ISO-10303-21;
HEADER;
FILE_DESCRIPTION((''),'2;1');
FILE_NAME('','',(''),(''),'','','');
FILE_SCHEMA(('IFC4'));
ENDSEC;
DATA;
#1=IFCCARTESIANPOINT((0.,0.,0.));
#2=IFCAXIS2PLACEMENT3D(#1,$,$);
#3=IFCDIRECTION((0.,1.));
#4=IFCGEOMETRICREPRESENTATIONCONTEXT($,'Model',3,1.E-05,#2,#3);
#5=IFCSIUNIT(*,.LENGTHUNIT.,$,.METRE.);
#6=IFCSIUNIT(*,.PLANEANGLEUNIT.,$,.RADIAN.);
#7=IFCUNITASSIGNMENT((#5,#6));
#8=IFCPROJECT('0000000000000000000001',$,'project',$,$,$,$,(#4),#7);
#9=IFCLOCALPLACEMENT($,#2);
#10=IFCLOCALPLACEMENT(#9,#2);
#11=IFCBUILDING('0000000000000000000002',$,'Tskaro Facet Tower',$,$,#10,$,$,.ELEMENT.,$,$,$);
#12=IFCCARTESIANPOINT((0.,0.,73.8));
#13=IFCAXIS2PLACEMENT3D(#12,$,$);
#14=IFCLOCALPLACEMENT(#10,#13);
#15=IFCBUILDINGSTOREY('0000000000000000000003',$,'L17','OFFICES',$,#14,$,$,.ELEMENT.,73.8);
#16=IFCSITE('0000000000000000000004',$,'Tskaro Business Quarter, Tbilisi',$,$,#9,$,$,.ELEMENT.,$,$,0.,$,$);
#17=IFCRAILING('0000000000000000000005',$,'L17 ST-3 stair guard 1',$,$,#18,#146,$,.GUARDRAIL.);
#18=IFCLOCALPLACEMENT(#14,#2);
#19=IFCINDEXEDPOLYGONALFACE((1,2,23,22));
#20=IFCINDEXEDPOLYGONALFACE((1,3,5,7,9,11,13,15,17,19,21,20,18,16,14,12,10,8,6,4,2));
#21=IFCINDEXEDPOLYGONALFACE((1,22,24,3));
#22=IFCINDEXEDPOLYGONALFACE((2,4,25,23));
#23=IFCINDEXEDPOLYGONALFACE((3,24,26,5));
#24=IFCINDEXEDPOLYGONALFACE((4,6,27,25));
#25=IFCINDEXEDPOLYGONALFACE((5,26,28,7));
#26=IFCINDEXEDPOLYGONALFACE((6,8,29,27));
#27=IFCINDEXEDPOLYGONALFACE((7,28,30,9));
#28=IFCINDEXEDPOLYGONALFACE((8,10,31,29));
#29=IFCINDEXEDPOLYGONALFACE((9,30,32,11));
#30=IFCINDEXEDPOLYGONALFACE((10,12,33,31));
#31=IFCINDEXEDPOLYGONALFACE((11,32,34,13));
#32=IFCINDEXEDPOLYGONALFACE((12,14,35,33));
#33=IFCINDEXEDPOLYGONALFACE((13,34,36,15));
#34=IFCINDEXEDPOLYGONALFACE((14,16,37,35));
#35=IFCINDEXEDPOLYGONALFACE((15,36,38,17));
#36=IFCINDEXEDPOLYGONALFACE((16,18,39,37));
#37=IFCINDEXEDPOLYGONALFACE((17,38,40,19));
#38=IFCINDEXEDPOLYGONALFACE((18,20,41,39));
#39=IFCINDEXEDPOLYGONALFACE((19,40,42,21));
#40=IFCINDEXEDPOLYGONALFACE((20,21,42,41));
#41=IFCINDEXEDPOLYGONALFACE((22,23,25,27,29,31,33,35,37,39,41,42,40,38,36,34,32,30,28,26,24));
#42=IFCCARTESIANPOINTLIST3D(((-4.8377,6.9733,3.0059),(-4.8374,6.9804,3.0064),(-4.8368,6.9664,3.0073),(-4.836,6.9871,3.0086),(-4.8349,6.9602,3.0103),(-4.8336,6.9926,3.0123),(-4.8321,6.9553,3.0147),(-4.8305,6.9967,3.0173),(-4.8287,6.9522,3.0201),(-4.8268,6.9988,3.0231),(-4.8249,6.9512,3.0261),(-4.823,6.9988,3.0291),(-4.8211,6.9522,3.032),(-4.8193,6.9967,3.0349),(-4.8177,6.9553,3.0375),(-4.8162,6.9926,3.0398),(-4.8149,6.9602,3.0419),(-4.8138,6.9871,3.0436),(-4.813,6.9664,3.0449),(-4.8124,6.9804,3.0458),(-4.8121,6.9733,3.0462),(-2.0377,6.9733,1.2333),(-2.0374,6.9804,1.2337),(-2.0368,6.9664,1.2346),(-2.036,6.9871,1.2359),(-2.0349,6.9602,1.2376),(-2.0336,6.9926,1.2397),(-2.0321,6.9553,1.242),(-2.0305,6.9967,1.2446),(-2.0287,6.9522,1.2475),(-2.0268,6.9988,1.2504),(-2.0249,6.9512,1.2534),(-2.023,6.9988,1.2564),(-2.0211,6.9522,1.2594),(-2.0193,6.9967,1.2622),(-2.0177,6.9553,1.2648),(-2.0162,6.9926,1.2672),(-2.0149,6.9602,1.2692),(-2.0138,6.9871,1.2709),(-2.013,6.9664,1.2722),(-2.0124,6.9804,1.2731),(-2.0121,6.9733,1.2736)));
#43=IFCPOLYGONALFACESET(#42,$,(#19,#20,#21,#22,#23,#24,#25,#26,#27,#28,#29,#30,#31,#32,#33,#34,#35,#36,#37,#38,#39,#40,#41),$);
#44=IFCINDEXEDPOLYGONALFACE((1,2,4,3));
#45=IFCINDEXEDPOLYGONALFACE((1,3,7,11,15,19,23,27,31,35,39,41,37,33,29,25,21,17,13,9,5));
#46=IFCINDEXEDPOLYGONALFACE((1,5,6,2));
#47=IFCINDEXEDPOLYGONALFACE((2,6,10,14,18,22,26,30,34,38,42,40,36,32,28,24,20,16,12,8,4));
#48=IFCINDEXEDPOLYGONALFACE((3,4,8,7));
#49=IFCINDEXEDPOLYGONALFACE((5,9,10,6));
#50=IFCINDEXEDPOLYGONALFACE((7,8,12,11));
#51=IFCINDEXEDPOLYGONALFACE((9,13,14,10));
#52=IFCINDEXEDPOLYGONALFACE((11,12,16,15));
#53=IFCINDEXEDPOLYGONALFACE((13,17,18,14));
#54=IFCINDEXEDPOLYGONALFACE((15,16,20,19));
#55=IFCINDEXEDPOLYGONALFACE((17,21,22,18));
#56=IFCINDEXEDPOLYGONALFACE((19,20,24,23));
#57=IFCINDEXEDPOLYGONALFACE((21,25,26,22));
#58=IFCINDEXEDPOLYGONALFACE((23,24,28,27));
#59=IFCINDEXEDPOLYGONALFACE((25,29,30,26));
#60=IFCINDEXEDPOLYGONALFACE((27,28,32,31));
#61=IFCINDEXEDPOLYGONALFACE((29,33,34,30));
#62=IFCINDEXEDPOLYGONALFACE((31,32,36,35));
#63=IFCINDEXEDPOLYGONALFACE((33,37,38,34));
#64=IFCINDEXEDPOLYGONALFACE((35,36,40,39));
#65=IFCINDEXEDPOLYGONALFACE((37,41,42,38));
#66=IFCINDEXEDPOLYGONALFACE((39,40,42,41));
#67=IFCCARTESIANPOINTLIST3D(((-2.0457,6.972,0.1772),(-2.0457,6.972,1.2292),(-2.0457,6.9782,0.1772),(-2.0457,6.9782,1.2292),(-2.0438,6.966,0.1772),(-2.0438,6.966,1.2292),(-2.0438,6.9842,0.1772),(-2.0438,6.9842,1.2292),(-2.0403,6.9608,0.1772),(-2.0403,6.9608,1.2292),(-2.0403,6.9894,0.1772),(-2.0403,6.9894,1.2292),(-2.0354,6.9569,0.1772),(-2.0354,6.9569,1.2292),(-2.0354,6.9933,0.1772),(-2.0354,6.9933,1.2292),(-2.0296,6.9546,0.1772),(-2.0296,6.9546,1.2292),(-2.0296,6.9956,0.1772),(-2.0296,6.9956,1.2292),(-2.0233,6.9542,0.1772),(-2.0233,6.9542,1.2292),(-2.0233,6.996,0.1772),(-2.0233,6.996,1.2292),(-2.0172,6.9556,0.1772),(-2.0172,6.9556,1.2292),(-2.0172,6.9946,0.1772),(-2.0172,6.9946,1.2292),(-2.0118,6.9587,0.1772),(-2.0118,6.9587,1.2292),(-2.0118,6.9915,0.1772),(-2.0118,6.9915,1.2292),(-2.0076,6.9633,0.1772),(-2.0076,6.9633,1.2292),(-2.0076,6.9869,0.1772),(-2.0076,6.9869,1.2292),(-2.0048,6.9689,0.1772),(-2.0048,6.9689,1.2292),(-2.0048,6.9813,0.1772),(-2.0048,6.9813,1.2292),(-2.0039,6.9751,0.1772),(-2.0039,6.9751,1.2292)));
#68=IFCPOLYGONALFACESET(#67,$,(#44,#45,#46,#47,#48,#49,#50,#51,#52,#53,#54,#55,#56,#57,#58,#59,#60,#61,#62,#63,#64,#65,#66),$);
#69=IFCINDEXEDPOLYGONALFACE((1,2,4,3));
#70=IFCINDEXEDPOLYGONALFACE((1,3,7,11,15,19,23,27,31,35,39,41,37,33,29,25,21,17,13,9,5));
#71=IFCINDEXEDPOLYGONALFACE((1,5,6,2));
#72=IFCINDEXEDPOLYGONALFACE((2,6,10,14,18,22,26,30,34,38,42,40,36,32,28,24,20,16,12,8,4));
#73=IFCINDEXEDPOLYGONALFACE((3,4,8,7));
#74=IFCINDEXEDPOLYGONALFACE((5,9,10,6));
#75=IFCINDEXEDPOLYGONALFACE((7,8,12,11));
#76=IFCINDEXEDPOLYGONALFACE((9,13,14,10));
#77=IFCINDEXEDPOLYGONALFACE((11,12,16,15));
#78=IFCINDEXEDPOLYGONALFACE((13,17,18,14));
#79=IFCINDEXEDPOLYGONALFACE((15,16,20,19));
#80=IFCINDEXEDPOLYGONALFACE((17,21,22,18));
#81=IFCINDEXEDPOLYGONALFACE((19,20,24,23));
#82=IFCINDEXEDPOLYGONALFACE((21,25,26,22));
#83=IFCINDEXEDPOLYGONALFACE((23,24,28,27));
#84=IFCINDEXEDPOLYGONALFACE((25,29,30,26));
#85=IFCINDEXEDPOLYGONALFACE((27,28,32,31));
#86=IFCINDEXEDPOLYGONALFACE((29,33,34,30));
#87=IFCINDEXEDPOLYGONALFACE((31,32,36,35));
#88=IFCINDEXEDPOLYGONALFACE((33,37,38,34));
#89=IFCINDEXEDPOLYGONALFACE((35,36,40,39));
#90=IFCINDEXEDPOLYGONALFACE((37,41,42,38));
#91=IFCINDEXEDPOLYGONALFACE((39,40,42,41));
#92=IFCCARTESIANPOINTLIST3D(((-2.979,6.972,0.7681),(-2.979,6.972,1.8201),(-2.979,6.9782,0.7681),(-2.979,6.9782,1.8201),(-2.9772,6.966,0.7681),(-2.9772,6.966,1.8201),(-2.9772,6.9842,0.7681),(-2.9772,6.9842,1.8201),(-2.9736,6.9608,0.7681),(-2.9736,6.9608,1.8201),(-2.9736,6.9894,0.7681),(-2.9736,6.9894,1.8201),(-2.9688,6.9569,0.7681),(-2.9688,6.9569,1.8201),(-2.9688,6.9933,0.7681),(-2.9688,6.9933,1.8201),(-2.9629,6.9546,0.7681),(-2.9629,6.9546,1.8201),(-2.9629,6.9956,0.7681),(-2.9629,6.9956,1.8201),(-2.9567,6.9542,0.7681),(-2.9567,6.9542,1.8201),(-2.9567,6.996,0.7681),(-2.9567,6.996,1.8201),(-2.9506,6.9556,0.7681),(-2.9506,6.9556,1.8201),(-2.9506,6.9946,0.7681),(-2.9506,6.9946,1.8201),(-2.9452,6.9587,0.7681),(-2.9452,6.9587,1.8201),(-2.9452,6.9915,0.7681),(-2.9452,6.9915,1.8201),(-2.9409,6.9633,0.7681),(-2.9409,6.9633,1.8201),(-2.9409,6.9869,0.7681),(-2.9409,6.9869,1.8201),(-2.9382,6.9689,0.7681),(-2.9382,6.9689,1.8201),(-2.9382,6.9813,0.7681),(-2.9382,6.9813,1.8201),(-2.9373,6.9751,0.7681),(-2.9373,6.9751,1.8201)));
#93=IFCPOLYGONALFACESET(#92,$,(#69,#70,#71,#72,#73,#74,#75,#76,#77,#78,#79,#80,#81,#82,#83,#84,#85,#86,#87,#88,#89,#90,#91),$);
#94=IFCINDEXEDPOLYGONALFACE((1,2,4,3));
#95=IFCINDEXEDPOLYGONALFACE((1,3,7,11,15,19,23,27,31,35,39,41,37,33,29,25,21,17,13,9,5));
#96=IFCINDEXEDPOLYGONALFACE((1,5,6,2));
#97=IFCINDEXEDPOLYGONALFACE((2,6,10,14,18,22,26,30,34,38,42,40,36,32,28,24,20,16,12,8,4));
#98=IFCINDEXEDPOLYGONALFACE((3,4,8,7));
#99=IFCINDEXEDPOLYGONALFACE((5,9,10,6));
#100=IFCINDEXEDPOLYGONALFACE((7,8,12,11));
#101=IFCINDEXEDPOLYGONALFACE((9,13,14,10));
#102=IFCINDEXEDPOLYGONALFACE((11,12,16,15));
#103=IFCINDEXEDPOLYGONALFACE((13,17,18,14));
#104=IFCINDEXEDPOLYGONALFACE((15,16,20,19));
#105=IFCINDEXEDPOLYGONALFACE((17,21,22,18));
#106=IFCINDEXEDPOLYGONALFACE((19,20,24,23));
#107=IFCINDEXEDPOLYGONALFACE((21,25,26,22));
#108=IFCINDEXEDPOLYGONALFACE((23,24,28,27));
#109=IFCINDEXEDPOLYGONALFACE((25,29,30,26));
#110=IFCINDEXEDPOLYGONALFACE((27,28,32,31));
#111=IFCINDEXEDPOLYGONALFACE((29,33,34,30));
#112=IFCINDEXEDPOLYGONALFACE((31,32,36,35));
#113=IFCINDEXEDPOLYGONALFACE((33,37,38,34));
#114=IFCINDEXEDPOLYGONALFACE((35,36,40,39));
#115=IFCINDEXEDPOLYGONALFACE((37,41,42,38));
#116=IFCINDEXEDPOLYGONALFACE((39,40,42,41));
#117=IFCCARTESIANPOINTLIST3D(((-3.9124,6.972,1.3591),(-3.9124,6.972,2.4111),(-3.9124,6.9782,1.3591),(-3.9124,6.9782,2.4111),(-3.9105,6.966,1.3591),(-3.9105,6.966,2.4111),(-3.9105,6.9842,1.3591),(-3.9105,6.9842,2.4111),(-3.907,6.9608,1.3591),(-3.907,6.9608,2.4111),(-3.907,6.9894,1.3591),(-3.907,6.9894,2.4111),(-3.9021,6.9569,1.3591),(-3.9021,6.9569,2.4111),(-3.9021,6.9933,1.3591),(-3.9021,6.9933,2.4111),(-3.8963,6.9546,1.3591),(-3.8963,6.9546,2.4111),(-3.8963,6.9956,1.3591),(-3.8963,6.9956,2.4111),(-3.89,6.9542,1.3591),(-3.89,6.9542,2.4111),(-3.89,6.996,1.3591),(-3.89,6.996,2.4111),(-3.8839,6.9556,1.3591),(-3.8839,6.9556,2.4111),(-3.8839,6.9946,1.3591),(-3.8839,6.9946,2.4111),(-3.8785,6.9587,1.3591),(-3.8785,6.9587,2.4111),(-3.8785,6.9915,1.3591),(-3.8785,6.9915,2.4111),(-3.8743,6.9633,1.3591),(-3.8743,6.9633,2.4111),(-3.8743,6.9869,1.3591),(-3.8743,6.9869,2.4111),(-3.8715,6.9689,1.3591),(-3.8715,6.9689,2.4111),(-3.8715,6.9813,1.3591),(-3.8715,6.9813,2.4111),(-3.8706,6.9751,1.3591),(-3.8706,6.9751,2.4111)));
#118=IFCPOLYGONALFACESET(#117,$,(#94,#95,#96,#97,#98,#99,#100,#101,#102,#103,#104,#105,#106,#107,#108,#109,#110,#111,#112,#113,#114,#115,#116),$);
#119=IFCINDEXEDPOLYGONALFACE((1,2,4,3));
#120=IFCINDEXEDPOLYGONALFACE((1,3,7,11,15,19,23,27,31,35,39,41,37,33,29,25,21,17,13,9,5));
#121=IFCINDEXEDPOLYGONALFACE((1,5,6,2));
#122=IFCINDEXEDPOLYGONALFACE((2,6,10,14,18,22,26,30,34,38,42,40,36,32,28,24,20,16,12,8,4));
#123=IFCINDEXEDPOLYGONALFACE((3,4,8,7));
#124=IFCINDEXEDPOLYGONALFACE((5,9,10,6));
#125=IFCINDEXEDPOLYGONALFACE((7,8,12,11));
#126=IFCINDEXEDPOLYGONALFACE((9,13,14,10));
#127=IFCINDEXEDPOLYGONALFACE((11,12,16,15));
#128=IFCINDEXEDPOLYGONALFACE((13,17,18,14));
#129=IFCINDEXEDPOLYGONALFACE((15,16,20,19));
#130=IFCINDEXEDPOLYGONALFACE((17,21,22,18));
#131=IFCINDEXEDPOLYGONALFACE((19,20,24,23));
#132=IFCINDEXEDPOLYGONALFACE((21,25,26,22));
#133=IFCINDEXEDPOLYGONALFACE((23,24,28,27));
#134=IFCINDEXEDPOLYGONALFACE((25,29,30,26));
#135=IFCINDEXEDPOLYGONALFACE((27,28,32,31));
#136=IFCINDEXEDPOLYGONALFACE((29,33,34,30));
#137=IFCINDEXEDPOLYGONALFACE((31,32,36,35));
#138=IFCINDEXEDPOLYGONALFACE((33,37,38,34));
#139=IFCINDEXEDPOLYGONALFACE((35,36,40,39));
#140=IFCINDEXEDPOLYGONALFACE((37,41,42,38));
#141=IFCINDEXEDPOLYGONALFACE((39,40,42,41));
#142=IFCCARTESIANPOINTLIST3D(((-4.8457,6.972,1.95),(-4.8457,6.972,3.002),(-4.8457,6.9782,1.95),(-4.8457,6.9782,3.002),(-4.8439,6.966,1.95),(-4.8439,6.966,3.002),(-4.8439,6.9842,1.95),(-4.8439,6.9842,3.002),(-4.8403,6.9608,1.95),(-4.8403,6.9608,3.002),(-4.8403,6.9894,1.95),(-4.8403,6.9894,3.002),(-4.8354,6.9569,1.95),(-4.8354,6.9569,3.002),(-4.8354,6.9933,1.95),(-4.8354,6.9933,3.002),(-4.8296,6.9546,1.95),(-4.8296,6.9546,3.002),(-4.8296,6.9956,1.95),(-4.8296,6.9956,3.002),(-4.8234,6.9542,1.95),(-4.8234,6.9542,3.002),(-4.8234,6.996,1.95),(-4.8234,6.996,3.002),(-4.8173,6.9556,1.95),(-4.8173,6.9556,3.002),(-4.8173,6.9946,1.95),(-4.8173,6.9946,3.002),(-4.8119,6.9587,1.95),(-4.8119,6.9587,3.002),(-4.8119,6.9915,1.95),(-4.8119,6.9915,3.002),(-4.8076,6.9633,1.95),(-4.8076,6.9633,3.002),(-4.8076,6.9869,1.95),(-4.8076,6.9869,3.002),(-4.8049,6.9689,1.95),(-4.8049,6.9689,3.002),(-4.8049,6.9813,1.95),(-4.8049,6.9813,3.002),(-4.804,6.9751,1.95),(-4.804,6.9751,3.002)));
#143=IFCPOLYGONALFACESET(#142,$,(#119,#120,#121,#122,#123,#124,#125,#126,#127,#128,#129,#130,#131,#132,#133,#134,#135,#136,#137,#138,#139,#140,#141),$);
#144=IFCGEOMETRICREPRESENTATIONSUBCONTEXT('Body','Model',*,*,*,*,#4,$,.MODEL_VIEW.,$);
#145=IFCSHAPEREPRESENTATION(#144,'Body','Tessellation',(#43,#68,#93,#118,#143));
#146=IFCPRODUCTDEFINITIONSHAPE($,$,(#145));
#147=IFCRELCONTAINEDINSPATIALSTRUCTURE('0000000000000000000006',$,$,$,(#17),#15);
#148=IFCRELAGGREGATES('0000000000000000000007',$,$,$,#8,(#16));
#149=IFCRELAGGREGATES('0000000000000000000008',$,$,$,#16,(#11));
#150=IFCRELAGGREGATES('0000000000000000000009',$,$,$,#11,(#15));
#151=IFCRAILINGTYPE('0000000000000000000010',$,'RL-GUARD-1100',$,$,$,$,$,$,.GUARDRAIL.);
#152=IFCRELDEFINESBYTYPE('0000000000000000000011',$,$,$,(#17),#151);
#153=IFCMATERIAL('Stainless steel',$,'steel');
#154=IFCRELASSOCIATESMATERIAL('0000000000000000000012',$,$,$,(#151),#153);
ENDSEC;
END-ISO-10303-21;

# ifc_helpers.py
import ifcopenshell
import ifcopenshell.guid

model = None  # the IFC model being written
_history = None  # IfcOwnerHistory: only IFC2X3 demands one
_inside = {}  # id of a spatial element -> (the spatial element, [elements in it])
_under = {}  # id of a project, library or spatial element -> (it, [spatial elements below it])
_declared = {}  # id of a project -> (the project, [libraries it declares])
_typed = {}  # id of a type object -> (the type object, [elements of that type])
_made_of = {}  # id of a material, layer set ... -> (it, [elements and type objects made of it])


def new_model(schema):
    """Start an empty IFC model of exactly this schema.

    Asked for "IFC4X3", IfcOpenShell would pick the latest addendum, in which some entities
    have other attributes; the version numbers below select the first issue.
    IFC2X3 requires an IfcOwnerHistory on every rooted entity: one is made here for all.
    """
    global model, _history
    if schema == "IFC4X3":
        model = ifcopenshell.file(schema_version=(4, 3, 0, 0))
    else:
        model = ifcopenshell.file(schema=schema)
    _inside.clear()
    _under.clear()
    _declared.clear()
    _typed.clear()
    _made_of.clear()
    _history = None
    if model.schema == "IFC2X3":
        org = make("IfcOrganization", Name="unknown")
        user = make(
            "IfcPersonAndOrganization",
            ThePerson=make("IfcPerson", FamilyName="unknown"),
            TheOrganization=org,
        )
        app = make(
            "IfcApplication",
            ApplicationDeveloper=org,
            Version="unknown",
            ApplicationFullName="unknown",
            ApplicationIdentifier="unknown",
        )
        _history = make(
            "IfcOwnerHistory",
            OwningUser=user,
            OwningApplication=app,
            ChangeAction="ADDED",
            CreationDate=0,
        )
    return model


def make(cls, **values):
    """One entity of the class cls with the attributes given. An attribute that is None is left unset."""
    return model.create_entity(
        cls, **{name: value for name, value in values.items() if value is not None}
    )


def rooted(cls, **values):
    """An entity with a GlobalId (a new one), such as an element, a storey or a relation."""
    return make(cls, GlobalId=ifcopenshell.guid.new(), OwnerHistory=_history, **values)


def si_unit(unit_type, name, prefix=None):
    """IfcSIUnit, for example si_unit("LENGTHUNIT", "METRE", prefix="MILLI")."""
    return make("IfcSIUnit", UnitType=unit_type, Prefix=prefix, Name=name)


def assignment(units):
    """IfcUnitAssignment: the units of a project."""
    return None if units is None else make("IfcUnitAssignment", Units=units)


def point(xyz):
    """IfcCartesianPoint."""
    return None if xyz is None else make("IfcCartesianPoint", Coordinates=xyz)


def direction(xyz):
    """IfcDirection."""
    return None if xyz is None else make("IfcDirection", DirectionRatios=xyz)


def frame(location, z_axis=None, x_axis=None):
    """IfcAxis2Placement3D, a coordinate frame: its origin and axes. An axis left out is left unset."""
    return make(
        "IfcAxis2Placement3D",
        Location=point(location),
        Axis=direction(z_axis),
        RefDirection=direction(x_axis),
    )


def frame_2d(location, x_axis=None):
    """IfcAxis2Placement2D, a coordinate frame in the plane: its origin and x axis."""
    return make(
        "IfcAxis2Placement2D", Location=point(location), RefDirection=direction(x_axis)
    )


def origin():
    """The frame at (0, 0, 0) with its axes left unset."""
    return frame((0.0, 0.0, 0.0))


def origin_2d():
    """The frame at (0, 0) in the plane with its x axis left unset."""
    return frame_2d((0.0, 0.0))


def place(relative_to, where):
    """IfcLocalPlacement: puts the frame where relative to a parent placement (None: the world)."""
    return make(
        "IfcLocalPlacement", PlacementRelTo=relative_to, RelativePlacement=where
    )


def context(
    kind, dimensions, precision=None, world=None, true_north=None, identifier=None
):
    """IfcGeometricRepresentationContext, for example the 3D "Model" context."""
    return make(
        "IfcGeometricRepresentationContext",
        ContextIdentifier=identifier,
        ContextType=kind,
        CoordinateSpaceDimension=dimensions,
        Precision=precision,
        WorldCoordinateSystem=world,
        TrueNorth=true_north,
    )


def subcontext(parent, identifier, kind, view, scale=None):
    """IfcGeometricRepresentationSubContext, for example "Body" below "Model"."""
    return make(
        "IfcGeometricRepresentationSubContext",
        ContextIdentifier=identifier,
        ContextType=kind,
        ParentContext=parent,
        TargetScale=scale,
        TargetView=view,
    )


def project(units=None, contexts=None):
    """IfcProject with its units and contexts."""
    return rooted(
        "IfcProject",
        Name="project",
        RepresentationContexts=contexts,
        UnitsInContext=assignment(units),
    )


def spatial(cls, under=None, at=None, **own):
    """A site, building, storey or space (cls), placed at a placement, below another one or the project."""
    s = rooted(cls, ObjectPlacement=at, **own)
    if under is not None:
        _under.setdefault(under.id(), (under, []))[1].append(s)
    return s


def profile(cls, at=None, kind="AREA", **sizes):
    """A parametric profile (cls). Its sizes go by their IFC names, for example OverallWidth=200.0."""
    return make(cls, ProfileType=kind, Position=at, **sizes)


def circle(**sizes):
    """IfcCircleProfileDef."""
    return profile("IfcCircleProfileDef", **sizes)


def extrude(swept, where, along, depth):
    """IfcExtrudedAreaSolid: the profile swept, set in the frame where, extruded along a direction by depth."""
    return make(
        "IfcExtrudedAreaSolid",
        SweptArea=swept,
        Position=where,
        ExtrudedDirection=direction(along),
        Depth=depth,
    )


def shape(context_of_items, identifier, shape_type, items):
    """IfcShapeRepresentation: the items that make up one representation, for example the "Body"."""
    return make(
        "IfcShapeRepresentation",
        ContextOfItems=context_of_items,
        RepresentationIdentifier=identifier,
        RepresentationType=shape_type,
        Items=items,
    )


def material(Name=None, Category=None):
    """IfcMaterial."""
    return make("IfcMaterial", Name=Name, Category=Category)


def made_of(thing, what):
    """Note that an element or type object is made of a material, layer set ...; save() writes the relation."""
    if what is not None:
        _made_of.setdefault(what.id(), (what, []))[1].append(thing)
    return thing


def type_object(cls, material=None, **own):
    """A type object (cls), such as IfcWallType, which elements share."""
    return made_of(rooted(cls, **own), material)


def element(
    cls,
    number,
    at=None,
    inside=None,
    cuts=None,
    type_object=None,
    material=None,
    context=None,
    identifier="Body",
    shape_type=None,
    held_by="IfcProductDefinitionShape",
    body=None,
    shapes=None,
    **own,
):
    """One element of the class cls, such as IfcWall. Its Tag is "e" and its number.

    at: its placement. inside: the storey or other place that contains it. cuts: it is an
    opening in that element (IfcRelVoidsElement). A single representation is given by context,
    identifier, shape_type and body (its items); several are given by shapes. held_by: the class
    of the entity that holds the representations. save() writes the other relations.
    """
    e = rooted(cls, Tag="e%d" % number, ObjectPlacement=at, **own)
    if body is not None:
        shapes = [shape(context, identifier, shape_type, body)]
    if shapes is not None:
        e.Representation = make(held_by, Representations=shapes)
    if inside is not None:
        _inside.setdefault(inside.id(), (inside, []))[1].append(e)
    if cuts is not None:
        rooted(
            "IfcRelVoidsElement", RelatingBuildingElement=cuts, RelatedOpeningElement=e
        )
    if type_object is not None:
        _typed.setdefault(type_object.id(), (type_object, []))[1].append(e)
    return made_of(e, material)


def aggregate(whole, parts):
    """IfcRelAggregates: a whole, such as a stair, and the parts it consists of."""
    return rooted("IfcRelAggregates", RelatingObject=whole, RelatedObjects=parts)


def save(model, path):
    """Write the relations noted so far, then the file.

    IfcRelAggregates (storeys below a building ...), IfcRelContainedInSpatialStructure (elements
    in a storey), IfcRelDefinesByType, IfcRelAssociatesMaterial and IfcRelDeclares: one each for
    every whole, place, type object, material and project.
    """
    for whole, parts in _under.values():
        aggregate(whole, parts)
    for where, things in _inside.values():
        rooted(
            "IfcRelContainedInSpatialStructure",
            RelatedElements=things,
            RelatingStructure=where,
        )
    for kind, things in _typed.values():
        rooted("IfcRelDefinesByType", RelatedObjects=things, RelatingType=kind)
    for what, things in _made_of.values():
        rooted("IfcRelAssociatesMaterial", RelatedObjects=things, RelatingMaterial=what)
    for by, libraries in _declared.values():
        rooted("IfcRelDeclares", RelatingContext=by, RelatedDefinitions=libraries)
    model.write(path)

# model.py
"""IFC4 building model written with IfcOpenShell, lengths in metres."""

from ifc_helpers import new_model, si_unit, direction, frame, origin, origin_2d, place, context, subcontext, project, spatial, circle, extrude, material, type_object, element, save


model = new_model("IFC4")

# Units and contexts
model_context = context("Model", 3, precision=1e-05, world=origin(), true_north=direction((0.0, 1.0)))
body_context = subcontext(model_context, "Body", "Model", "MODEL_VIEW")
ifc_project = project(units=[si_unit("LENGTHUNIT", "METRE"), si_unit("PLANEANGLEUNIT", "RADIAN")], contexts=[model_context])

# Site, building, storey
site_placement = place(None, origin())
site = spatial("IfcSite", under=ifc_project, at=site_placement, Name="Tskaro Business Quarter, Tbilisi", CompositionType="ELEMENT", RefElevation=0.0)
building_placement = place(site_placement, origin())
building = spatial("IfcBuilding", under=site, at=building_placement, Name="Tskaro Facet Tower", CompositionType="ELEMENT")
storey_placement = place(building_placement, frame((0.0, 0.0, 73.8)))
storey = spatial("IfcBuildingStorey", under=building, at=storey_placement, Name="L17", Description="OFFICES", CompositionType="ELEMENT", Elevation=73.8)

# Railing
ifc_material_1 = material(Name="Stainless steel", Category="steel")
railing_type_1 = type_object("IfcRailingType", Name="RL-GUARD-1100", PredefinedType="GUARDRAIL", material=ifc_material_1)
railing_1_placement = place(storey_placement, frame((-2.0249, 6.9751, 0.1772)))
element("IfcRailing", 1, at=railing_1_placement, inside=storey, type_object=railing_type_1, Name="L17 ST-3 stair guard 1", PredefinedType="GUARDRAIL", context=body_context, shape_type="SweptSolid", body=[
    extrude(circle(Radius=0.0239, at=origin_2d()), frame((0.0, 0.0, 1.0762), z_axis=(-0.844909, 0.0, 0.53491), x_axis=(0.0, -1.0, 0.0)), (0.0, 0.0, 1.0), 3.314),
    extrude(circle(Radius=0.021, at=origin_2d()), origin(), (0.0, 0.0, 1.0), 1.052),
    extrude(circle(Radius=0.021, at=origin_2d()), frame((-0.9333, 0.0, 0.5908)), (0.0, 0.0, 1.0), 1.052),
    extrude(circle(Radius=0.021, at=origin_2d()), frame((-1.8667, 0.0, 1.1819)), (0.0, 0.0, 1.0), 1.052),
    extrude(circle(Radius=0.021, at=origin_2d()), frame((-2.8, 0.0, 1.7727)), (0.0, 0.0, 1.0), 1.052),
])

save(model, "model.ifc")
